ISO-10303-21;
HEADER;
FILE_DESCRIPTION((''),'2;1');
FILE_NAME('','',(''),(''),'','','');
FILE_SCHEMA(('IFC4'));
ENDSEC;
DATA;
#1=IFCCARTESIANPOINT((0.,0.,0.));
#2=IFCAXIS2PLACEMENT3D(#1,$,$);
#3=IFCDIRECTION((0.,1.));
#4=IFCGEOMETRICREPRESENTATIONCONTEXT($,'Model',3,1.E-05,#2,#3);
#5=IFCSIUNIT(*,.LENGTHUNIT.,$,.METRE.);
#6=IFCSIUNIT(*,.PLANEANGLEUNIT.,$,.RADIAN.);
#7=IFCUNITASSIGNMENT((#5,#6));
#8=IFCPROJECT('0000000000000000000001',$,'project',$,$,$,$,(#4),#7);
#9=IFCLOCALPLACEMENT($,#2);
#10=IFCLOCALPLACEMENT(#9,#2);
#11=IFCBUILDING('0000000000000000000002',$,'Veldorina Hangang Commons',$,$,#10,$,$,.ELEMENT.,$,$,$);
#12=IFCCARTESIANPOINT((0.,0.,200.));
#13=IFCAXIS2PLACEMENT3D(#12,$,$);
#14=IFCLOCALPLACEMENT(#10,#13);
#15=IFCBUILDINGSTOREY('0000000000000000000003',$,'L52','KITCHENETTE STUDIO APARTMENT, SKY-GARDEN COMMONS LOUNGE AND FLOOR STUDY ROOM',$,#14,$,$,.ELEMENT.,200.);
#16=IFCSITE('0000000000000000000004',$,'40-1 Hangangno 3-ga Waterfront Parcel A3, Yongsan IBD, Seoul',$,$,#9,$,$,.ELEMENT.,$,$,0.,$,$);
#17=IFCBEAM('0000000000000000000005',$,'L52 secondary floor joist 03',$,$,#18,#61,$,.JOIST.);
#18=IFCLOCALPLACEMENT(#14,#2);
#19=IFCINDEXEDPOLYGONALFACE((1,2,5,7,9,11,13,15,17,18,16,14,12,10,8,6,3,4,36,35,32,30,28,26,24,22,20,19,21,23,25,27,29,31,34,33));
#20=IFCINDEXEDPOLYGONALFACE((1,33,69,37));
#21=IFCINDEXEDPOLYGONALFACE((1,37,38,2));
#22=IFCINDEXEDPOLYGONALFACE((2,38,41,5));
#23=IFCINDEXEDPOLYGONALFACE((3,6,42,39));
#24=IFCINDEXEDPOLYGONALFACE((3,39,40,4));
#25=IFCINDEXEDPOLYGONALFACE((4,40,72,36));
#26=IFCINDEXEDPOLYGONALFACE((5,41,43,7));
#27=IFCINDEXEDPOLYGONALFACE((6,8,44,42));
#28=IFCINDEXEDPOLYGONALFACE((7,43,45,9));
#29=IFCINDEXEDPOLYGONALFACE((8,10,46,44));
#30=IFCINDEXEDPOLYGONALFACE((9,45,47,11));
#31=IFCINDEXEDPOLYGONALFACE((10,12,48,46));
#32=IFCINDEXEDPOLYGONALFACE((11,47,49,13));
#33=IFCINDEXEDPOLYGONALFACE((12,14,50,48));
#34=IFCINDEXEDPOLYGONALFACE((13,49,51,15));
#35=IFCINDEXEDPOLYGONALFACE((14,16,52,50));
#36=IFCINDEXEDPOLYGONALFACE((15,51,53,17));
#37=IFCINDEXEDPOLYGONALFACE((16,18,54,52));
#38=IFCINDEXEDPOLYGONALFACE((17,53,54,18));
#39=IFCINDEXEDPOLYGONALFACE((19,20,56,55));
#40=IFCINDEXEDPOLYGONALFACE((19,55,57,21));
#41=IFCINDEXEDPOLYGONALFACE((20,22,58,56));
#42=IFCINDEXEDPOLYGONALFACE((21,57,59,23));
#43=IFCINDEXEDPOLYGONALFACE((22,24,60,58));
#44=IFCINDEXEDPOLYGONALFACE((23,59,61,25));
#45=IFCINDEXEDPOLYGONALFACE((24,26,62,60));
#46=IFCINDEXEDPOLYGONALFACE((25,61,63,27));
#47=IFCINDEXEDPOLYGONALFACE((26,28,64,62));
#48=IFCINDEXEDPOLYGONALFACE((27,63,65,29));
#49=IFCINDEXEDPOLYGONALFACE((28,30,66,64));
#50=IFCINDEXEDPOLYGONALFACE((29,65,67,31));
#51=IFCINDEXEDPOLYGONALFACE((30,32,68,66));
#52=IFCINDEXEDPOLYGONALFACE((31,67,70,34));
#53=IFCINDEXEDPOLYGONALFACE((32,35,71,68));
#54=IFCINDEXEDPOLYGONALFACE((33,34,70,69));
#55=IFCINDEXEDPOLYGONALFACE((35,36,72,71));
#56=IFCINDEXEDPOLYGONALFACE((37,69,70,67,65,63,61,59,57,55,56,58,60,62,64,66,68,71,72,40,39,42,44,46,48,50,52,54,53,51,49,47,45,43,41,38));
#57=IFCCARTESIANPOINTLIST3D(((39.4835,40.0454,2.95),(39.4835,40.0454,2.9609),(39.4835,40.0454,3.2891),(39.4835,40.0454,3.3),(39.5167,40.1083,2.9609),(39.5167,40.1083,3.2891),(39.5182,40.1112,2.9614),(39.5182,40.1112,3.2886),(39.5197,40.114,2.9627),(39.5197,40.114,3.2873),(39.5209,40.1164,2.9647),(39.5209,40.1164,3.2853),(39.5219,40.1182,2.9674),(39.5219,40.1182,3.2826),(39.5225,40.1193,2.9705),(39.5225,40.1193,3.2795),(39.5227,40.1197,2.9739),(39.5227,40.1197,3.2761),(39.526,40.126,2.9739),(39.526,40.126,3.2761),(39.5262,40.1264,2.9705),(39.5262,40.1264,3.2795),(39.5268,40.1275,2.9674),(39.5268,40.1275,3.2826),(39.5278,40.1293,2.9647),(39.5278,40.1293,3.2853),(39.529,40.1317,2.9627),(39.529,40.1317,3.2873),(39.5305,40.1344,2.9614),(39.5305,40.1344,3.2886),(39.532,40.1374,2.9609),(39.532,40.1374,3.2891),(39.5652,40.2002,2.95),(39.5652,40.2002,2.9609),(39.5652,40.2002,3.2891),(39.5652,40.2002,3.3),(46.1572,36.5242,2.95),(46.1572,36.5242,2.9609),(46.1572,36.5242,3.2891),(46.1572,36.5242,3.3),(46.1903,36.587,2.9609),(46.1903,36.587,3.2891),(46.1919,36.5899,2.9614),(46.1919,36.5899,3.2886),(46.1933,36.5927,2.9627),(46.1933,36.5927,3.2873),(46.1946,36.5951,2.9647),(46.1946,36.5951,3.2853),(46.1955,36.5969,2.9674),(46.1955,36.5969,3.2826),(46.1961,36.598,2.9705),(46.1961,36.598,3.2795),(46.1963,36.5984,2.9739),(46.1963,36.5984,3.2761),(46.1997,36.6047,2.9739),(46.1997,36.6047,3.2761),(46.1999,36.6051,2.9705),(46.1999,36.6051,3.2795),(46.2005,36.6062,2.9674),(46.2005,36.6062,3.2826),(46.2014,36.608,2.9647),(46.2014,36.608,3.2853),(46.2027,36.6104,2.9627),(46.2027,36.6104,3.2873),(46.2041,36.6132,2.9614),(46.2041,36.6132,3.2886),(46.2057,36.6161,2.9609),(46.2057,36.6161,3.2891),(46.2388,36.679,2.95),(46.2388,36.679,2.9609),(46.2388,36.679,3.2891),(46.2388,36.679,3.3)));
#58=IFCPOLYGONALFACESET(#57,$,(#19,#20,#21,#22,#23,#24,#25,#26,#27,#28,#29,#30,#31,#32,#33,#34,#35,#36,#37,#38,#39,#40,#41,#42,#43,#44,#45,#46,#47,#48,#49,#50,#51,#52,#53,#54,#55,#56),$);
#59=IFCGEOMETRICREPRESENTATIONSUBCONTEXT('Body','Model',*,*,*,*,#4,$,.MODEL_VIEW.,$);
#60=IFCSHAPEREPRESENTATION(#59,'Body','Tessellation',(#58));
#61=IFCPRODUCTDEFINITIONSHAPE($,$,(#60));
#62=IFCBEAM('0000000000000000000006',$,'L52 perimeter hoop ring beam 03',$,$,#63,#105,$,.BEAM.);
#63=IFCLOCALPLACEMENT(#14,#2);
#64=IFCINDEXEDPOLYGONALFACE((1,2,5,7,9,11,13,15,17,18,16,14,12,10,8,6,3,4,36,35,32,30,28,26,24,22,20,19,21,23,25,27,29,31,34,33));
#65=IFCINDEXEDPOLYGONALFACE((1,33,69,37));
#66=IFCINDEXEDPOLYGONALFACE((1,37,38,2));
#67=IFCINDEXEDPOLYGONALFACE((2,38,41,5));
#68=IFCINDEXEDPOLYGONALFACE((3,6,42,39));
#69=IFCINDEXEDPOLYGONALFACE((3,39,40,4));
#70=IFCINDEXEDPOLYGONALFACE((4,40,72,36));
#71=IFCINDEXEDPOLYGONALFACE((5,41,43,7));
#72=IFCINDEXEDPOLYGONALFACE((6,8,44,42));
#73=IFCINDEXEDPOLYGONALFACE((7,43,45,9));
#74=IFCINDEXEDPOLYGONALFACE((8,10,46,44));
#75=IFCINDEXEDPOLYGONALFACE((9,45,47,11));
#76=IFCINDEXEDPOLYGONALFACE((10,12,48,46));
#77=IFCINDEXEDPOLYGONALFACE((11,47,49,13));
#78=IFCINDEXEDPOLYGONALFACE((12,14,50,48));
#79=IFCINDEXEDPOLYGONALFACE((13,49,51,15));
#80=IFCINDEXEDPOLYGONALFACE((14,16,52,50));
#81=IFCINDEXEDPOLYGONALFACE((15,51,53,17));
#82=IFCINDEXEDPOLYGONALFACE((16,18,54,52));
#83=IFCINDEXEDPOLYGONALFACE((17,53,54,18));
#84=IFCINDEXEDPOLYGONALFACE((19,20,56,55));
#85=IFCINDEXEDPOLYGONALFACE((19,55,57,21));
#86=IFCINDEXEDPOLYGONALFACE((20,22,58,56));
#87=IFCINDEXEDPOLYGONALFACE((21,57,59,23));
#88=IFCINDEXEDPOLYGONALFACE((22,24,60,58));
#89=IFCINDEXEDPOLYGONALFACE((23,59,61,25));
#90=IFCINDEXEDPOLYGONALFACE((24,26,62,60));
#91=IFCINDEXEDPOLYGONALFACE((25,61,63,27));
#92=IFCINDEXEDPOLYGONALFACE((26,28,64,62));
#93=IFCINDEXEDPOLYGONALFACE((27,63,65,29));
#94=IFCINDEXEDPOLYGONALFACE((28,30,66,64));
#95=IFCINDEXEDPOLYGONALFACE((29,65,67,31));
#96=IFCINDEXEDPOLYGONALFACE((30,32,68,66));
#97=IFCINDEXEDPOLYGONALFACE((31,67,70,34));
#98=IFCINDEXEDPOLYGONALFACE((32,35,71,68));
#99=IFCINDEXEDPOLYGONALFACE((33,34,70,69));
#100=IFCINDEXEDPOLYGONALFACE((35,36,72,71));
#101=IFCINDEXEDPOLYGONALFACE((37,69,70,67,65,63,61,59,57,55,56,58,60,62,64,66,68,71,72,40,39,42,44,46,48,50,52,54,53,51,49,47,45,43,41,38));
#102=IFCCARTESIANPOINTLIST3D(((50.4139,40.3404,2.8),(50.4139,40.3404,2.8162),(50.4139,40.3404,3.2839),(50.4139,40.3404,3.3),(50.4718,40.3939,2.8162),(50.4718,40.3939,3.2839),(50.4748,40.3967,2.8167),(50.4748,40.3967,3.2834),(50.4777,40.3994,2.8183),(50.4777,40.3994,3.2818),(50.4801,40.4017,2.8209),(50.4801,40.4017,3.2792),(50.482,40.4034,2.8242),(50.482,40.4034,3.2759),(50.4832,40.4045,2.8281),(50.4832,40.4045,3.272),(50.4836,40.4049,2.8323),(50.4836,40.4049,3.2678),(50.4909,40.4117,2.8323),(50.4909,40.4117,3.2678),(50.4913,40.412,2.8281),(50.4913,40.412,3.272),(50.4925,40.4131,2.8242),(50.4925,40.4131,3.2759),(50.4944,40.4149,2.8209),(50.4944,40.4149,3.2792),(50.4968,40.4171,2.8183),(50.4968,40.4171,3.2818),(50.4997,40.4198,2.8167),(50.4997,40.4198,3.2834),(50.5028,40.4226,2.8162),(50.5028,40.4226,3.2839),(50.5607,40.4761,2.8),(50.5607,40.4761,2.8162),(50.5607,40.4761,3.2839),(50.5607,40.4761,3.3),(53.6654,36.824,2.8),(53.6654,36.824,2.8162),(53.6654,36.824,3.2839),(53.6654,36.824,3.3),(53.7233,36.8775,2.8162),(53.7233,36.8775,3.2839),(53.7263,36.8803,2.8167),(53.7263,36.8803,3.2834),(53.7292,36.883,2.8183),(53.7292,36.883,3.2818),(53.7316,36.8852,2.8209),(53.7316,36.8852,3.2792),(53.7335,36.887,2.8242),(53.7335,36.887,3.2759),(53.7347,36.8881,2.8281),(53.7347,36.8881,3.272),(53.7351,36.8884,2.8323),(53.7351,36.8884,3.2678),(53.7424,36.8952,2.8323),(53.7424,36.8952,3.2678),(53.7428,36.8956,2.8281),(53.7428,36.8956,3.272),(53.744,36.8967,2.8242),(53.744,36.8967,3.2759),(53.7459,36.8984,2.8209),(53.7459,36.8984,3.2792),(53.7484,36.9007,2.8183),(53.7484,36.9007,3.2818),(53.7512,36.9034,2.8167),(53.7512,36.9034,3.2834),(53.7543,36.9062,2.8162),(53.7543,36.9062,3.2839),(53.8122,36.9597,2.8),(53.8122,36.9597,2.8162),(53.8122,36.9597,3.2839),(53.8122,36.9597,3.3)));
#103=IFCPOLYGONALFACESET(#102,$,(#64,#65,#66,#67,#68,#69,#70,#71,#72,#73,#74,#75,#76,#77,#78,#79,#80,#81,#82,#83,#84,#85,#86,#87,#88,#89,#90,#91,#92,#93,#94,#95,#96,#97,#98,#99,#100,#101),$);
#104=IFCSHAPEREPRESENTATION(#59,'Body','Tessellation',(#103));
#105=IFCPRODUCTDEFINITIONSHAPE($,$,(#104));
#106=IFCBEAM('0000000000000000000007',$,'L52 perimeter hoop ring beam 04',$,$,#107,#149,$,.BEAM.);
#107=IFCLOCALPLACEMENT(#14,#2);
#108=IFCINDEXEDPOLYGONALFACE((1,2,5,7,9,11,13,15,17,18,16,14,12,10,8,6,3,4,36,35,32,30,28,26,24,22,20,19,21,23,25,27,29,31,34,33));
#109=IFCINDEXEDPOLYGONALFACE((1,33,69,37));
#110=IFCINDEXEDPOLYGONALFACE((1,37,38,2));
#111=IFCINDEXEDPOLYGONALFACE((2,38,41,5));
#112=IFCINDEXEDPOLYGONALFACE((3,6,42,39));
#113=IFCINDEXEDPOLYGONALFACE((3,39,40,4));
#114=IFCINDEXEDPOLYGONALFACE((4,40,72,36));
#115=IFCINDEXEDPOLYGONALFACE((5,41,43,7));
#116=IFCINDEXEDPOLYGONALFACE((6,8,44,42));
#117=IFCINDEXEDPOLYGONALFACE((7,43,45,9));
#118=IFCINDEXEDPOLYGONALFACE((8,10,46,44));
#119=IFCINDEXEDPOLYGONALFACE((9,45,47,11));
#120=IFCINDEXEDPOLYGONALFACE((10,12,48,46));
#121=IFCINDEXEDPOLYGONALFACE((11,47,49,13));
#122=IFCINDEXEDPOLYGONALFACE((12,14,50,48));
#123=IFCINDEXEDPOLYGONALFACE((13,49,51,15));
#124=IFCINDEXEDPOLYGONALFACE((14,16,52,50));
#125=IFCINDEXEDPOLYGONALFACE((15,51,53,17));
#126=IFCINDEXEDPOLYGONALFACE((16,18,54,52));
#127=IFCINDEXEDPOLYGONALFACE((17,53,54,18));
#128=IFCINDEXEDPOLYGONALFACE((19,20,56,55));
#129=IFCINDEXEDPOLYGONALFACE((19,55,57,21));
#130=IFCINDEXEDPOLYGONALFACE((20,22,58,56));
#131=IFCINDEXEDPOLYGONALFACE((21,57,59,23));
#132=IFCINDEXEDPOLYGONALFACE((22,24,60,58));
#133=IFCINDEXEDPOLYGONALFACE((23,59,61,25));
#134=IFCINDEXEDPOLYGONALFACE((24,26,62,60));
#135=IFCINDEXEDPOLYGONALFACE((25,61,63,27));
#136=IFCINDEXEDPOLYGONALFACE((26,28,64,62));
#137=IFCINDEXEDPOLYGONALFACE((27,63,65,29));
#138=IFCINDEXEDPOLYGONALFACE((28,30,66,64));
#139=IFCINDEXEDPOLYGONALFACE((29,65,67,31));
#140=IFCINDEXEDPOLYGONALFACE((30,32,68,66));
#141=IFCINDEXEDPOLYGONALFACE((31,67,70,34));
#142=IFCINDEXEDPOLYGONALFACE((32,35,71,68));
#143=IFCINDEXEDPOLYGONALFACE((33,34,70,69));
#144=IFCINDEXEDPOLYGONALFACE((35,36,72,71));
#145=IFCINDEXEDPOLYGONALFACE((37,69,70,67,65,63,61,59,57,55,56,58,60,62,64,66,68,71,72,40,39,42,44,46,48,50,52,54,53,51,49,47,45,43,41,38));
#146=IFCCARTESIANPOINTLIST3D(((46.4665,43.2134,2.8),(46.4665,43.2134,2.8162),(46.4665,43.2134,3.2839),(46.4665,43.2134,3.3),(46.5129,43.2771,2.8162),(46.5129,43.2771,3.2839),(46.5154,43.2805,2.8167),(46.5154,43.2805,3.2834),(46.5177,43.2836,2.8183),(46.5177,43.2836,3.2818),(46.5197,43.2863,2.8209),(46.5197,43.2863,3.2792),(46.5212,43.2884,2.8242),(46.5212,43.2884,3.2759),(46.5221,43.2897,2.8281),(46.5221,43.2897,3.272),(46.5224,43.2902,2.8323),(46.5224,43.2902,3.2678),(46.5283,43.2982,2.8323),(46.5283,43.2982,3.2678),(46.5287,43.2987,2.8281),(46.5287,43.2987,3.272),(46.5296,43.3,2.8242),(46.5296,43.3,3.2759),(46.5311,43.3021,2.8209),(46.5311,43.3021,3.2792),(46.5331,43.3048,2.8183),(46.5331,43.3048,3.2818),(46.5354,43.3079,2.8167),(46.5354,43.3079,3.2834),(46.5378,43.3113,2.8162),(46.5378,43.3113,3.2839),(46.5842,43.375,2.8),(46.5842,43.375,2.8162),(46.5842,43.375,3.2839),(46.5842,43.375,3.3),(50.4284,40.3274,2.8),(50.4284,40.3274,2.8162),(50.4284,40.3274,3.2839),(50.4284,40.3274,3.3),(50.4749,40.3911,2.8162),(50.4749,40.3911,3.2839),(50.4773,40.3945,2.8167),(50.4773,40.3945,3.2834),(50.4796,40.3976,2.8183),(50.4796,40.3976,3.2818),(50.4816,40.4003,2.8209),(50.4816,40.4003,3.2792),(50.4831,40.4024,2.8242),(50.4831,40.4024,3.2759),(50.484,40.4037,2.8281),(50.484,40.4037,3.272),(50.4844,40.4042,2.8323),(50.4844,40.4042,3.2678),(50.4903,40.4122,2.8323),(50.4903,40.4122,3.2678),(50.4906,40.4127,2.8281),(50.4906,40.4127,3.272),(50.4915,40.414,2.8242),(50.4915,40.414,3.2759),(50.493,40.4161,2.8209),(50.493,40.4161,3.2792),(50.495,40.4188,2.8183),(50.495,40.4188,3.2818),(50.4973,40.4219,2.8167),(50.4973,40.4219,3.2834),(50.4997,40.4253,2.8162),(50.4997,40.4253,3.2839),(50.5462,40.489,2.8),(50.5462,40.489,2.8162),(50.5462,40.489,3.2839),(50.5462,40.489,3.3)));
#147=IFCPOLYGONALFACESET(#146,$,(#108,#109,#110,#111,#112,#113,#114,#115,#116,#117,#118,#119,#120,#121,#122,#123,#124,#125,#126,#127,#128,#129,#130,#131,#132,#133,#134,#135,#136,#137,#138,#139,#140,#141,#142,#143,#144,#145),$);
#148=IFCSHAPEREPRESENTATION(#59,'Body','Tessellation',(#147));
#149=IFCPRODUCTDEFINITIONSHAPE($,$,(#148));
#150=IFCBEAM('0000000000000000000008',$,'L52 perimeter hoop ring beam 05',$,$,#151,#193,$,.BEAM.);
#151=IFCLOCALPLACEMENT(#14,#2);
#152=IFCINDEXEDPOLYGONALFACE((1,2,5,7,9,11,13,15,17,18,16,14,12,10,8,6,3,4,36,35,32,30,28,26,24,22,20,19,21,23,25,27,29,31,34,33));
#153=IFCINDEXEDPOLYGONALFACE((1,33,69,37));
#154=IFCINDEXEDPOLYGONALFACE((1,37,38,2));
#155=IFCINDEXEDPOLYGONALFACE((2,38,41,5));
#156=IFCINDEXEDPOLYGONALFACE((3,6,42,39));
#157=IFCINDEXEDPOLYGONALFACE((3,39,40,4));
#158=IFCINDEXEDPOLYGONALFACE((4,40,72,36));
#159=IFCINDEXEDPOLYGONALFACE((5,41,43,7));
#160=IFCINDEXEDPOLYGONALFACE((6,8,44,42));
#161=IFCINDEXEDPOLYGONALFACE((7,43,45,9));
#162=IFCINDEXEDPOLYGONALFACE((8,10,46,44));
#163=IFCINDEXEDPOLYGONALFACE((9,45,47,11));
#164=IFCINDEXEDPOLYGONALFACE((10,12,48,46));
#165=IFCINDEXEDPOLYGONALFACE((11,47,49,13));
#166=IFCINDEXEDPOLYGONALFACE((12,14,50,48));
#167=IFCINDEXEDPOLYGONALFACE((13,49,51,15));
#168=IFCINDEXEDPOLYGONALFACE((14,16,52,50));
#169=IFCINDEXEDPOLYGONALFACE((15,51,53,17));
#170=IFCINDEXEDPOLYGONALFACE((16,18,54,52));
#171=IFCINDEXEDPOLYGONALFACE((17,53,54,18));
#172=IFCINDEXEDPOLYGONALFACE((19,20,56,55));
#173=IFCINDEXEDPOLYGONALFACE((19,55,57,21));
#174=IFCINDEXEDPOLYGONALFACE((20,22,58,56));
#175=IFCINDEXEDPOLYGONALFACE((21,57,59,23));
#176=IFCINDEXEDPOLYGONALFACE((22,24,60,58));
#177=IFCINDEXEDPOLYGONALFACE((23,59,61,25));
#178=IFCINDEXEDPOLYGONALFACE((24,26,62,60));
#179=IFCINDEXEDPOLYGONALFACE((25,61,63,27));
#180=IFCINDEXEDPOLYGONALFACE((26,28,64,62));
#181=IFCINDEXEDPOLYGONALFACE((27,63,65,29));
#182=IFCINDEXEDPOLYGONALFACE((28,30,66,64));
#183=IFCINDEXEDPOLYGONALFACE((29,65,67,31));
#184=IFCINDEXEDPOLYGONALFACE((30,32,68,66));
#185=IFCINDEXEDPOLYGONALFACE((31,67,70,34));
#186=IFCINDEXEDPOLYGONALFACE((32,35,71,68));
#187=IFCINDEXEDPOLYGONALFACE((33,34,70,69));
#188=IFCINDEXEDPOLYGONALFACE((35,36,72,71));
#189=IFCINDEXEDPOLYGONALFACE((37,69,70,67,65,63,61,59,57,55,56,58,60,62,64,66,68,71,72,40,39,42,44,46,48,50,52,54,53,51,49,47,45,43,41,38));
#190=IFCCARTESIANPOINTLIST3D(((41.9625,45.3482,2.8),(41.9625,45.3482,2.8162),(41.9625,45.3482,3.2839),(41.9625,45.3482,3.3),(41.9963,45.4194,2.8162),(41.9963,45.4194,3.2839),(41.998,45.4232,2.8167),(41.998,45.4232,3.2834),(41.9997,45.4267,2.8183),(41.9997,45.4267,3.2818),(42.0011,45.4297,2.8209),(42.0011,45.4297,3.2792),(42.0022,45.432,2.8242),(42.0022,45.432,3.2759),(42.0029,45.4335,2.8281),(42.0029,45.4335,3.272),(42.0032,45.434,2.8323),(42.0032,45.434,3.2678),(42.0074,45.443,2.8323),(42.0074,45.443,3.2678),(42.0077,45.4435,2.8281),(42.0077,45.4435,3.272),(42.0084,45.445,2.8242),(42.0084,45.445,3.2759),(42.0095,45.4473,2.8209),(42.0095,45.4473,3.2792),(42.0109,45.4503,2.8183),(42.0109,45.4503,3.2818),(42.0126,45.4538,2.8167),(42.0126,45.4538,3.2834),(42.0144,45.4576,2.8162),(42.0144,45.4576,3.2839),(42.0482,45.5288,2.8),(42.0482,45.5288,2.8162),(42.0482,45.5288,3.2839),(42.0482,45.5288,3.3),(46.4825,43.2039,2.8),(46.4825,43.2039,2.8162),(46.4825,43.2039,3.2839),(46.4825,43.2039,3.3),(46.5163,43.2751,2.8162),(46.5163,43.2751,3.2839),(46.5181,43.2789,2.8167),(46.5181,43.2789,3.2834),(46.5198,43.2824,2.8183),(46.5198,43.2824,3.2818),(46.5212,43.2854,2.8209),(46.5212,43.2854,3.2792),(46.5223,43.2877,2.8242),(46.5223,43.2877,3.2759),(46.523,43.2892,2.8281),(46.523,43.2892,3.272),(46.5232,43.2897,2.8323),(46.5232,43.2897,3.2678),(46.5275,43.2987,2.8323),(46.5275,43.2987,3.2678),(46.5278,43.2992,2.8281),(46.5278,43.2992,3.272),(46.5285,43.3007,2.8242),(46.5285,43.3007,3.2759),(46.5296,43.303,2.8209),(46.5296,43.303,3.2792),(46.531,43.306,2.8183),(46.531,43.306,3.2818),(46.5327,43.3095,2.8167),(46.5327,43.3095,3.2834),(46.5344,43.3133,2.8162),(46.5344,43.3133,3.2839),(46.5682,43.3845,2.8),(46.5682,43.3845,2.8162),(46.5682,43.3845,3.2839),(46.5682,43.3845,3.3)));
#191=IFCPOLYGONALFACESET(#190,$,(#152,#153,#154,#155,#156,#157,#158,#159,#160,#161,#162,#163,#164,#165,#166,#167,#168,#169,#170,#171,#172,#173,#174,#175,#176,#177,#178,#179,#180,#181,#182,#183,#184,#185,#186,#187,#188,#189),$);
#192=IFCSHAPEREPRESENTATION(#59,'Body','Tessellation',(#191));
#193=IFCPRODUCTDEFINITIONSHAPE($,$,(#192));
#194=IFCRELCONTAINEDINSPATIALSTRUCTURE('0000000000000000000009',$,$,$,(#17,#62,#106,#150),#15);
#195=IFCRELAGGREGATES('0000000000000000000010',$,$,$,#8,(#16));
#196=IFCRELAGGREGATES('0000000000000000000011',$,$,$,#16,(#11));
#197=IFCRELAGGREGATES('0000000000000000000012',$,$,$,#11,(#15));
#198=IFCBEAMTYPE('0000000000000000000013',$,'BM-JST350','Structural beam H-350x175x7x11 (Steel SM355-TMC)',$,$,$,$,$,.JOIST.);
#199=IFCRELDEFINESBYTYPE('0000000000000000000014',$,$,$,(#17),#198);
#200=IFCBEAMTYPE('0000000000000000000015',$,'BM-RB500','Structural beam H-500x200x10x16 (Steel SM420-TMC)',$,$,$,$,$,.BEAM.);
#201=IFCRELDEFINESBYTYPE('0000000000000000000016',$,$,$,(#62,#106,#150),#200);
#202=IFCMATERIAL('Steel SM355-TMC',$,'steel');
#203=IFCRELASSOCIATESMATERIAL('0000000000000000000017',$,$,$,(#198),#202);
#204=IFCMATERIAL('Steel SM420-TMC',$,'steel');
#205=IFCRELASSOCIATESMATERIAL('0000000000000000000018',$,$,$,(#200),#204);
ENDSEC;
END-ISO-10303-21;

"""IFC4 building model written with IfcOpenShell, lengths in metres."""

from ifc_helpers import new_model, si_unit, direction, frame, origin, origin_2d, place, context, subcontext, project, spatial, i_section, extrude, material, material_profile, profile_set, type_object, element, save


model = new_model("IFC4")

# Units and contexts
model_context = context("Model", 3, precision=1e-05, world=origin(), true_north=direction((0.0, 1.0)))
body_context = subcontext(model_context, "Body", "Model", "MODEL_VIEW")
ifc_project = project(units=[si_unit("LENGTHUNIT", "METRE"), si_unit("PLANEANGLEUNIT", "RADIAN")], contexts=[model_context])

# Site, building, storey
site_placement = place(None, origin())
site = spatial("IfcSite", under=ifc_project, at=site_placement, Name="40-1 Hangangno 3-ga Waterfront Parcel A3, Yongsan IBD, Seoul", CompositionType="ELEMENT", RefElevation=0.0)
building_placement = place(site_placement, origin())
building = spatial("IfcBuilding", under=site, at=building_placement, Name="Veldorina Hangang Commons", CompositionType="ELEMENT")
storey_placement = place(building_placement, frame((0.0, 0.0, 200.0)))
storey = spatial("IfcBuildingStorey", under=building, at=storey_placement, Name="L52", Description="KITCHENETTE STUDIO APARTMENT, SKY-GARDEN COMMONS LOUNGE AND FLOOR STUDY ROOM", CompositionType="ELEMENT", Elevation=200.0)

# Beams
ifc_material_1 = material(Name="Steel SM355-TMC", Category="steel")
ifc_material_profile_1 = material_profile(ifc_material_1, i_section(OverallWidth=0.175, OverallDepth=0.3501, WebThickness=0.0071, FlangeThickness=0.011, FilletRadius=0.0129, at=origin_2d()), Name="H-350x175x7x11")
ifc_profile_set_1 = profile_set([ifc_material_profile_1], Name="Steel SM355-TMC")
beam_type_1 = type_object("IfcBeamType", Name="BM-JST350", Description="Structural beam H-350x175x7x11 (Steel SM355-TMC)", PredefinedType="JOIST", material=ifc_profile_set_1)
beam_1_placement = place(storey_placement, frame((46.198, 36.6016, 3.125), z_axis=(-0.884436, 0.466662, 0.0), x_axis=(-0.466662, -0.884436, 0.0)))
element("IfcBeam", 1, at=beam_1_placement, inside=storey, type_object=beam_type_1, Name="L52 secondary floor joist 03", PredefinedType="JOIST", context=body_context, shape_type="SweptSolid", body=[
    extrude(i_section(OverallWidth=0.175, OverallDepth=0.3501, WebThickness=0.0071, FlangeThickness=0.011, FilletRadius=0.0129, at=origin_2d()), origin(), (0.0, 0.0, 1.0), 7.5457),
])
ifc_material_2 = material(Name="Steel SM420-TMC", Category="steel")
ifc_material_profile_2 = material_profile(ifc_material_2, i_section(OverallWidth=0.2, OverallDepth=0.5, WebThickness=0.01, FlangeThickness=0.0161, FilletRadius=0.0161, at=origin_2d()), Name="H-500x200x10x16")
ifc_profile_set_2 = profile_set([ifc_material_profile_2], Name="Steel SM420-TMC")
beam_type_2 = type_object("IfcBeamType", Name="BM-RB500", Description="Structural beam H-500x200x10x16 (Steel SM420-TMC)", PredefinedType="BEAM", material=ifc_profile_set_2)
beam_2_placement = place(storey_placement, frame((53.7388, 36.8918, 3.05), z_axis=(-0.678911, 0.734221, 0.0), x_axis=(-0.734221, -0.678911, 0.0)))
element("IfcBeam", 2, at=beam_2_placement, inside=storey, type_object=beam_type_2, Name="L52 perimeter hoop ring beam 03", PredefinedType="BEAM", context=body_context, shape_type="SweptSolid", body=[
    extrude(i_section(OverallWidth=0.2, OverallDepth=0.5, WebThickness=0.01, FlangeThickness=0.0161, FilletRadius=0.0161, at=origin_2d()), origin(), (0.0, 0.0, 1.0), 4.7893),
])
beam_3_placement = place(storey_placement, frame((50.4873, 40.4082, 3.05), z_axis=(-0.80829, 0.588785, 0.0), x_axis=(-0.588785, -0.80829, 0.0)))
element("IfcBeam", 3, at=beam_3_placement, inside=storey, type_object=beam_type_2, Name="L52 perimeter hoop ring beam 04", PredefinedType="BEAM", context=body_context, shape_type="SweptSolid", body=[
    extrude(i_section(OverallWidth=0.2, OverallDepth=0.5, WebThickness=0.01, FlangeThickness=0.0161, FilletRadius=0.0161, at=origin_2d()), origin(), (0.0, 0.0, 1.0), 4.9016),
])
beam_4_placement = place(storey_placement, frame((46.5254, 43.2942, 3.05), z_axis=(-0.903488, 0.428613, 0.0), x_axis=(-0.428613, -0.903488, 0.0)))
element("IfcBeam", 4, at=beam_4_placement, inside=storey, type_object=beam_type_2, Name="L52 perimeter hoop ring beam 05", PredefinedType="BEAM", context=body_context, shape_type="SweptSolid", body=[
    extrude(i_section(OverallWidth=0.2, OverallDepth=0.5, WebThickness=0.01, FlangeThickness=0.0161, FilletRadius=0.0161, at=origin_2d()), origin(), (0.0, 0.0, 1.0), 5.0029),
])

save(model, "model.ifc")
